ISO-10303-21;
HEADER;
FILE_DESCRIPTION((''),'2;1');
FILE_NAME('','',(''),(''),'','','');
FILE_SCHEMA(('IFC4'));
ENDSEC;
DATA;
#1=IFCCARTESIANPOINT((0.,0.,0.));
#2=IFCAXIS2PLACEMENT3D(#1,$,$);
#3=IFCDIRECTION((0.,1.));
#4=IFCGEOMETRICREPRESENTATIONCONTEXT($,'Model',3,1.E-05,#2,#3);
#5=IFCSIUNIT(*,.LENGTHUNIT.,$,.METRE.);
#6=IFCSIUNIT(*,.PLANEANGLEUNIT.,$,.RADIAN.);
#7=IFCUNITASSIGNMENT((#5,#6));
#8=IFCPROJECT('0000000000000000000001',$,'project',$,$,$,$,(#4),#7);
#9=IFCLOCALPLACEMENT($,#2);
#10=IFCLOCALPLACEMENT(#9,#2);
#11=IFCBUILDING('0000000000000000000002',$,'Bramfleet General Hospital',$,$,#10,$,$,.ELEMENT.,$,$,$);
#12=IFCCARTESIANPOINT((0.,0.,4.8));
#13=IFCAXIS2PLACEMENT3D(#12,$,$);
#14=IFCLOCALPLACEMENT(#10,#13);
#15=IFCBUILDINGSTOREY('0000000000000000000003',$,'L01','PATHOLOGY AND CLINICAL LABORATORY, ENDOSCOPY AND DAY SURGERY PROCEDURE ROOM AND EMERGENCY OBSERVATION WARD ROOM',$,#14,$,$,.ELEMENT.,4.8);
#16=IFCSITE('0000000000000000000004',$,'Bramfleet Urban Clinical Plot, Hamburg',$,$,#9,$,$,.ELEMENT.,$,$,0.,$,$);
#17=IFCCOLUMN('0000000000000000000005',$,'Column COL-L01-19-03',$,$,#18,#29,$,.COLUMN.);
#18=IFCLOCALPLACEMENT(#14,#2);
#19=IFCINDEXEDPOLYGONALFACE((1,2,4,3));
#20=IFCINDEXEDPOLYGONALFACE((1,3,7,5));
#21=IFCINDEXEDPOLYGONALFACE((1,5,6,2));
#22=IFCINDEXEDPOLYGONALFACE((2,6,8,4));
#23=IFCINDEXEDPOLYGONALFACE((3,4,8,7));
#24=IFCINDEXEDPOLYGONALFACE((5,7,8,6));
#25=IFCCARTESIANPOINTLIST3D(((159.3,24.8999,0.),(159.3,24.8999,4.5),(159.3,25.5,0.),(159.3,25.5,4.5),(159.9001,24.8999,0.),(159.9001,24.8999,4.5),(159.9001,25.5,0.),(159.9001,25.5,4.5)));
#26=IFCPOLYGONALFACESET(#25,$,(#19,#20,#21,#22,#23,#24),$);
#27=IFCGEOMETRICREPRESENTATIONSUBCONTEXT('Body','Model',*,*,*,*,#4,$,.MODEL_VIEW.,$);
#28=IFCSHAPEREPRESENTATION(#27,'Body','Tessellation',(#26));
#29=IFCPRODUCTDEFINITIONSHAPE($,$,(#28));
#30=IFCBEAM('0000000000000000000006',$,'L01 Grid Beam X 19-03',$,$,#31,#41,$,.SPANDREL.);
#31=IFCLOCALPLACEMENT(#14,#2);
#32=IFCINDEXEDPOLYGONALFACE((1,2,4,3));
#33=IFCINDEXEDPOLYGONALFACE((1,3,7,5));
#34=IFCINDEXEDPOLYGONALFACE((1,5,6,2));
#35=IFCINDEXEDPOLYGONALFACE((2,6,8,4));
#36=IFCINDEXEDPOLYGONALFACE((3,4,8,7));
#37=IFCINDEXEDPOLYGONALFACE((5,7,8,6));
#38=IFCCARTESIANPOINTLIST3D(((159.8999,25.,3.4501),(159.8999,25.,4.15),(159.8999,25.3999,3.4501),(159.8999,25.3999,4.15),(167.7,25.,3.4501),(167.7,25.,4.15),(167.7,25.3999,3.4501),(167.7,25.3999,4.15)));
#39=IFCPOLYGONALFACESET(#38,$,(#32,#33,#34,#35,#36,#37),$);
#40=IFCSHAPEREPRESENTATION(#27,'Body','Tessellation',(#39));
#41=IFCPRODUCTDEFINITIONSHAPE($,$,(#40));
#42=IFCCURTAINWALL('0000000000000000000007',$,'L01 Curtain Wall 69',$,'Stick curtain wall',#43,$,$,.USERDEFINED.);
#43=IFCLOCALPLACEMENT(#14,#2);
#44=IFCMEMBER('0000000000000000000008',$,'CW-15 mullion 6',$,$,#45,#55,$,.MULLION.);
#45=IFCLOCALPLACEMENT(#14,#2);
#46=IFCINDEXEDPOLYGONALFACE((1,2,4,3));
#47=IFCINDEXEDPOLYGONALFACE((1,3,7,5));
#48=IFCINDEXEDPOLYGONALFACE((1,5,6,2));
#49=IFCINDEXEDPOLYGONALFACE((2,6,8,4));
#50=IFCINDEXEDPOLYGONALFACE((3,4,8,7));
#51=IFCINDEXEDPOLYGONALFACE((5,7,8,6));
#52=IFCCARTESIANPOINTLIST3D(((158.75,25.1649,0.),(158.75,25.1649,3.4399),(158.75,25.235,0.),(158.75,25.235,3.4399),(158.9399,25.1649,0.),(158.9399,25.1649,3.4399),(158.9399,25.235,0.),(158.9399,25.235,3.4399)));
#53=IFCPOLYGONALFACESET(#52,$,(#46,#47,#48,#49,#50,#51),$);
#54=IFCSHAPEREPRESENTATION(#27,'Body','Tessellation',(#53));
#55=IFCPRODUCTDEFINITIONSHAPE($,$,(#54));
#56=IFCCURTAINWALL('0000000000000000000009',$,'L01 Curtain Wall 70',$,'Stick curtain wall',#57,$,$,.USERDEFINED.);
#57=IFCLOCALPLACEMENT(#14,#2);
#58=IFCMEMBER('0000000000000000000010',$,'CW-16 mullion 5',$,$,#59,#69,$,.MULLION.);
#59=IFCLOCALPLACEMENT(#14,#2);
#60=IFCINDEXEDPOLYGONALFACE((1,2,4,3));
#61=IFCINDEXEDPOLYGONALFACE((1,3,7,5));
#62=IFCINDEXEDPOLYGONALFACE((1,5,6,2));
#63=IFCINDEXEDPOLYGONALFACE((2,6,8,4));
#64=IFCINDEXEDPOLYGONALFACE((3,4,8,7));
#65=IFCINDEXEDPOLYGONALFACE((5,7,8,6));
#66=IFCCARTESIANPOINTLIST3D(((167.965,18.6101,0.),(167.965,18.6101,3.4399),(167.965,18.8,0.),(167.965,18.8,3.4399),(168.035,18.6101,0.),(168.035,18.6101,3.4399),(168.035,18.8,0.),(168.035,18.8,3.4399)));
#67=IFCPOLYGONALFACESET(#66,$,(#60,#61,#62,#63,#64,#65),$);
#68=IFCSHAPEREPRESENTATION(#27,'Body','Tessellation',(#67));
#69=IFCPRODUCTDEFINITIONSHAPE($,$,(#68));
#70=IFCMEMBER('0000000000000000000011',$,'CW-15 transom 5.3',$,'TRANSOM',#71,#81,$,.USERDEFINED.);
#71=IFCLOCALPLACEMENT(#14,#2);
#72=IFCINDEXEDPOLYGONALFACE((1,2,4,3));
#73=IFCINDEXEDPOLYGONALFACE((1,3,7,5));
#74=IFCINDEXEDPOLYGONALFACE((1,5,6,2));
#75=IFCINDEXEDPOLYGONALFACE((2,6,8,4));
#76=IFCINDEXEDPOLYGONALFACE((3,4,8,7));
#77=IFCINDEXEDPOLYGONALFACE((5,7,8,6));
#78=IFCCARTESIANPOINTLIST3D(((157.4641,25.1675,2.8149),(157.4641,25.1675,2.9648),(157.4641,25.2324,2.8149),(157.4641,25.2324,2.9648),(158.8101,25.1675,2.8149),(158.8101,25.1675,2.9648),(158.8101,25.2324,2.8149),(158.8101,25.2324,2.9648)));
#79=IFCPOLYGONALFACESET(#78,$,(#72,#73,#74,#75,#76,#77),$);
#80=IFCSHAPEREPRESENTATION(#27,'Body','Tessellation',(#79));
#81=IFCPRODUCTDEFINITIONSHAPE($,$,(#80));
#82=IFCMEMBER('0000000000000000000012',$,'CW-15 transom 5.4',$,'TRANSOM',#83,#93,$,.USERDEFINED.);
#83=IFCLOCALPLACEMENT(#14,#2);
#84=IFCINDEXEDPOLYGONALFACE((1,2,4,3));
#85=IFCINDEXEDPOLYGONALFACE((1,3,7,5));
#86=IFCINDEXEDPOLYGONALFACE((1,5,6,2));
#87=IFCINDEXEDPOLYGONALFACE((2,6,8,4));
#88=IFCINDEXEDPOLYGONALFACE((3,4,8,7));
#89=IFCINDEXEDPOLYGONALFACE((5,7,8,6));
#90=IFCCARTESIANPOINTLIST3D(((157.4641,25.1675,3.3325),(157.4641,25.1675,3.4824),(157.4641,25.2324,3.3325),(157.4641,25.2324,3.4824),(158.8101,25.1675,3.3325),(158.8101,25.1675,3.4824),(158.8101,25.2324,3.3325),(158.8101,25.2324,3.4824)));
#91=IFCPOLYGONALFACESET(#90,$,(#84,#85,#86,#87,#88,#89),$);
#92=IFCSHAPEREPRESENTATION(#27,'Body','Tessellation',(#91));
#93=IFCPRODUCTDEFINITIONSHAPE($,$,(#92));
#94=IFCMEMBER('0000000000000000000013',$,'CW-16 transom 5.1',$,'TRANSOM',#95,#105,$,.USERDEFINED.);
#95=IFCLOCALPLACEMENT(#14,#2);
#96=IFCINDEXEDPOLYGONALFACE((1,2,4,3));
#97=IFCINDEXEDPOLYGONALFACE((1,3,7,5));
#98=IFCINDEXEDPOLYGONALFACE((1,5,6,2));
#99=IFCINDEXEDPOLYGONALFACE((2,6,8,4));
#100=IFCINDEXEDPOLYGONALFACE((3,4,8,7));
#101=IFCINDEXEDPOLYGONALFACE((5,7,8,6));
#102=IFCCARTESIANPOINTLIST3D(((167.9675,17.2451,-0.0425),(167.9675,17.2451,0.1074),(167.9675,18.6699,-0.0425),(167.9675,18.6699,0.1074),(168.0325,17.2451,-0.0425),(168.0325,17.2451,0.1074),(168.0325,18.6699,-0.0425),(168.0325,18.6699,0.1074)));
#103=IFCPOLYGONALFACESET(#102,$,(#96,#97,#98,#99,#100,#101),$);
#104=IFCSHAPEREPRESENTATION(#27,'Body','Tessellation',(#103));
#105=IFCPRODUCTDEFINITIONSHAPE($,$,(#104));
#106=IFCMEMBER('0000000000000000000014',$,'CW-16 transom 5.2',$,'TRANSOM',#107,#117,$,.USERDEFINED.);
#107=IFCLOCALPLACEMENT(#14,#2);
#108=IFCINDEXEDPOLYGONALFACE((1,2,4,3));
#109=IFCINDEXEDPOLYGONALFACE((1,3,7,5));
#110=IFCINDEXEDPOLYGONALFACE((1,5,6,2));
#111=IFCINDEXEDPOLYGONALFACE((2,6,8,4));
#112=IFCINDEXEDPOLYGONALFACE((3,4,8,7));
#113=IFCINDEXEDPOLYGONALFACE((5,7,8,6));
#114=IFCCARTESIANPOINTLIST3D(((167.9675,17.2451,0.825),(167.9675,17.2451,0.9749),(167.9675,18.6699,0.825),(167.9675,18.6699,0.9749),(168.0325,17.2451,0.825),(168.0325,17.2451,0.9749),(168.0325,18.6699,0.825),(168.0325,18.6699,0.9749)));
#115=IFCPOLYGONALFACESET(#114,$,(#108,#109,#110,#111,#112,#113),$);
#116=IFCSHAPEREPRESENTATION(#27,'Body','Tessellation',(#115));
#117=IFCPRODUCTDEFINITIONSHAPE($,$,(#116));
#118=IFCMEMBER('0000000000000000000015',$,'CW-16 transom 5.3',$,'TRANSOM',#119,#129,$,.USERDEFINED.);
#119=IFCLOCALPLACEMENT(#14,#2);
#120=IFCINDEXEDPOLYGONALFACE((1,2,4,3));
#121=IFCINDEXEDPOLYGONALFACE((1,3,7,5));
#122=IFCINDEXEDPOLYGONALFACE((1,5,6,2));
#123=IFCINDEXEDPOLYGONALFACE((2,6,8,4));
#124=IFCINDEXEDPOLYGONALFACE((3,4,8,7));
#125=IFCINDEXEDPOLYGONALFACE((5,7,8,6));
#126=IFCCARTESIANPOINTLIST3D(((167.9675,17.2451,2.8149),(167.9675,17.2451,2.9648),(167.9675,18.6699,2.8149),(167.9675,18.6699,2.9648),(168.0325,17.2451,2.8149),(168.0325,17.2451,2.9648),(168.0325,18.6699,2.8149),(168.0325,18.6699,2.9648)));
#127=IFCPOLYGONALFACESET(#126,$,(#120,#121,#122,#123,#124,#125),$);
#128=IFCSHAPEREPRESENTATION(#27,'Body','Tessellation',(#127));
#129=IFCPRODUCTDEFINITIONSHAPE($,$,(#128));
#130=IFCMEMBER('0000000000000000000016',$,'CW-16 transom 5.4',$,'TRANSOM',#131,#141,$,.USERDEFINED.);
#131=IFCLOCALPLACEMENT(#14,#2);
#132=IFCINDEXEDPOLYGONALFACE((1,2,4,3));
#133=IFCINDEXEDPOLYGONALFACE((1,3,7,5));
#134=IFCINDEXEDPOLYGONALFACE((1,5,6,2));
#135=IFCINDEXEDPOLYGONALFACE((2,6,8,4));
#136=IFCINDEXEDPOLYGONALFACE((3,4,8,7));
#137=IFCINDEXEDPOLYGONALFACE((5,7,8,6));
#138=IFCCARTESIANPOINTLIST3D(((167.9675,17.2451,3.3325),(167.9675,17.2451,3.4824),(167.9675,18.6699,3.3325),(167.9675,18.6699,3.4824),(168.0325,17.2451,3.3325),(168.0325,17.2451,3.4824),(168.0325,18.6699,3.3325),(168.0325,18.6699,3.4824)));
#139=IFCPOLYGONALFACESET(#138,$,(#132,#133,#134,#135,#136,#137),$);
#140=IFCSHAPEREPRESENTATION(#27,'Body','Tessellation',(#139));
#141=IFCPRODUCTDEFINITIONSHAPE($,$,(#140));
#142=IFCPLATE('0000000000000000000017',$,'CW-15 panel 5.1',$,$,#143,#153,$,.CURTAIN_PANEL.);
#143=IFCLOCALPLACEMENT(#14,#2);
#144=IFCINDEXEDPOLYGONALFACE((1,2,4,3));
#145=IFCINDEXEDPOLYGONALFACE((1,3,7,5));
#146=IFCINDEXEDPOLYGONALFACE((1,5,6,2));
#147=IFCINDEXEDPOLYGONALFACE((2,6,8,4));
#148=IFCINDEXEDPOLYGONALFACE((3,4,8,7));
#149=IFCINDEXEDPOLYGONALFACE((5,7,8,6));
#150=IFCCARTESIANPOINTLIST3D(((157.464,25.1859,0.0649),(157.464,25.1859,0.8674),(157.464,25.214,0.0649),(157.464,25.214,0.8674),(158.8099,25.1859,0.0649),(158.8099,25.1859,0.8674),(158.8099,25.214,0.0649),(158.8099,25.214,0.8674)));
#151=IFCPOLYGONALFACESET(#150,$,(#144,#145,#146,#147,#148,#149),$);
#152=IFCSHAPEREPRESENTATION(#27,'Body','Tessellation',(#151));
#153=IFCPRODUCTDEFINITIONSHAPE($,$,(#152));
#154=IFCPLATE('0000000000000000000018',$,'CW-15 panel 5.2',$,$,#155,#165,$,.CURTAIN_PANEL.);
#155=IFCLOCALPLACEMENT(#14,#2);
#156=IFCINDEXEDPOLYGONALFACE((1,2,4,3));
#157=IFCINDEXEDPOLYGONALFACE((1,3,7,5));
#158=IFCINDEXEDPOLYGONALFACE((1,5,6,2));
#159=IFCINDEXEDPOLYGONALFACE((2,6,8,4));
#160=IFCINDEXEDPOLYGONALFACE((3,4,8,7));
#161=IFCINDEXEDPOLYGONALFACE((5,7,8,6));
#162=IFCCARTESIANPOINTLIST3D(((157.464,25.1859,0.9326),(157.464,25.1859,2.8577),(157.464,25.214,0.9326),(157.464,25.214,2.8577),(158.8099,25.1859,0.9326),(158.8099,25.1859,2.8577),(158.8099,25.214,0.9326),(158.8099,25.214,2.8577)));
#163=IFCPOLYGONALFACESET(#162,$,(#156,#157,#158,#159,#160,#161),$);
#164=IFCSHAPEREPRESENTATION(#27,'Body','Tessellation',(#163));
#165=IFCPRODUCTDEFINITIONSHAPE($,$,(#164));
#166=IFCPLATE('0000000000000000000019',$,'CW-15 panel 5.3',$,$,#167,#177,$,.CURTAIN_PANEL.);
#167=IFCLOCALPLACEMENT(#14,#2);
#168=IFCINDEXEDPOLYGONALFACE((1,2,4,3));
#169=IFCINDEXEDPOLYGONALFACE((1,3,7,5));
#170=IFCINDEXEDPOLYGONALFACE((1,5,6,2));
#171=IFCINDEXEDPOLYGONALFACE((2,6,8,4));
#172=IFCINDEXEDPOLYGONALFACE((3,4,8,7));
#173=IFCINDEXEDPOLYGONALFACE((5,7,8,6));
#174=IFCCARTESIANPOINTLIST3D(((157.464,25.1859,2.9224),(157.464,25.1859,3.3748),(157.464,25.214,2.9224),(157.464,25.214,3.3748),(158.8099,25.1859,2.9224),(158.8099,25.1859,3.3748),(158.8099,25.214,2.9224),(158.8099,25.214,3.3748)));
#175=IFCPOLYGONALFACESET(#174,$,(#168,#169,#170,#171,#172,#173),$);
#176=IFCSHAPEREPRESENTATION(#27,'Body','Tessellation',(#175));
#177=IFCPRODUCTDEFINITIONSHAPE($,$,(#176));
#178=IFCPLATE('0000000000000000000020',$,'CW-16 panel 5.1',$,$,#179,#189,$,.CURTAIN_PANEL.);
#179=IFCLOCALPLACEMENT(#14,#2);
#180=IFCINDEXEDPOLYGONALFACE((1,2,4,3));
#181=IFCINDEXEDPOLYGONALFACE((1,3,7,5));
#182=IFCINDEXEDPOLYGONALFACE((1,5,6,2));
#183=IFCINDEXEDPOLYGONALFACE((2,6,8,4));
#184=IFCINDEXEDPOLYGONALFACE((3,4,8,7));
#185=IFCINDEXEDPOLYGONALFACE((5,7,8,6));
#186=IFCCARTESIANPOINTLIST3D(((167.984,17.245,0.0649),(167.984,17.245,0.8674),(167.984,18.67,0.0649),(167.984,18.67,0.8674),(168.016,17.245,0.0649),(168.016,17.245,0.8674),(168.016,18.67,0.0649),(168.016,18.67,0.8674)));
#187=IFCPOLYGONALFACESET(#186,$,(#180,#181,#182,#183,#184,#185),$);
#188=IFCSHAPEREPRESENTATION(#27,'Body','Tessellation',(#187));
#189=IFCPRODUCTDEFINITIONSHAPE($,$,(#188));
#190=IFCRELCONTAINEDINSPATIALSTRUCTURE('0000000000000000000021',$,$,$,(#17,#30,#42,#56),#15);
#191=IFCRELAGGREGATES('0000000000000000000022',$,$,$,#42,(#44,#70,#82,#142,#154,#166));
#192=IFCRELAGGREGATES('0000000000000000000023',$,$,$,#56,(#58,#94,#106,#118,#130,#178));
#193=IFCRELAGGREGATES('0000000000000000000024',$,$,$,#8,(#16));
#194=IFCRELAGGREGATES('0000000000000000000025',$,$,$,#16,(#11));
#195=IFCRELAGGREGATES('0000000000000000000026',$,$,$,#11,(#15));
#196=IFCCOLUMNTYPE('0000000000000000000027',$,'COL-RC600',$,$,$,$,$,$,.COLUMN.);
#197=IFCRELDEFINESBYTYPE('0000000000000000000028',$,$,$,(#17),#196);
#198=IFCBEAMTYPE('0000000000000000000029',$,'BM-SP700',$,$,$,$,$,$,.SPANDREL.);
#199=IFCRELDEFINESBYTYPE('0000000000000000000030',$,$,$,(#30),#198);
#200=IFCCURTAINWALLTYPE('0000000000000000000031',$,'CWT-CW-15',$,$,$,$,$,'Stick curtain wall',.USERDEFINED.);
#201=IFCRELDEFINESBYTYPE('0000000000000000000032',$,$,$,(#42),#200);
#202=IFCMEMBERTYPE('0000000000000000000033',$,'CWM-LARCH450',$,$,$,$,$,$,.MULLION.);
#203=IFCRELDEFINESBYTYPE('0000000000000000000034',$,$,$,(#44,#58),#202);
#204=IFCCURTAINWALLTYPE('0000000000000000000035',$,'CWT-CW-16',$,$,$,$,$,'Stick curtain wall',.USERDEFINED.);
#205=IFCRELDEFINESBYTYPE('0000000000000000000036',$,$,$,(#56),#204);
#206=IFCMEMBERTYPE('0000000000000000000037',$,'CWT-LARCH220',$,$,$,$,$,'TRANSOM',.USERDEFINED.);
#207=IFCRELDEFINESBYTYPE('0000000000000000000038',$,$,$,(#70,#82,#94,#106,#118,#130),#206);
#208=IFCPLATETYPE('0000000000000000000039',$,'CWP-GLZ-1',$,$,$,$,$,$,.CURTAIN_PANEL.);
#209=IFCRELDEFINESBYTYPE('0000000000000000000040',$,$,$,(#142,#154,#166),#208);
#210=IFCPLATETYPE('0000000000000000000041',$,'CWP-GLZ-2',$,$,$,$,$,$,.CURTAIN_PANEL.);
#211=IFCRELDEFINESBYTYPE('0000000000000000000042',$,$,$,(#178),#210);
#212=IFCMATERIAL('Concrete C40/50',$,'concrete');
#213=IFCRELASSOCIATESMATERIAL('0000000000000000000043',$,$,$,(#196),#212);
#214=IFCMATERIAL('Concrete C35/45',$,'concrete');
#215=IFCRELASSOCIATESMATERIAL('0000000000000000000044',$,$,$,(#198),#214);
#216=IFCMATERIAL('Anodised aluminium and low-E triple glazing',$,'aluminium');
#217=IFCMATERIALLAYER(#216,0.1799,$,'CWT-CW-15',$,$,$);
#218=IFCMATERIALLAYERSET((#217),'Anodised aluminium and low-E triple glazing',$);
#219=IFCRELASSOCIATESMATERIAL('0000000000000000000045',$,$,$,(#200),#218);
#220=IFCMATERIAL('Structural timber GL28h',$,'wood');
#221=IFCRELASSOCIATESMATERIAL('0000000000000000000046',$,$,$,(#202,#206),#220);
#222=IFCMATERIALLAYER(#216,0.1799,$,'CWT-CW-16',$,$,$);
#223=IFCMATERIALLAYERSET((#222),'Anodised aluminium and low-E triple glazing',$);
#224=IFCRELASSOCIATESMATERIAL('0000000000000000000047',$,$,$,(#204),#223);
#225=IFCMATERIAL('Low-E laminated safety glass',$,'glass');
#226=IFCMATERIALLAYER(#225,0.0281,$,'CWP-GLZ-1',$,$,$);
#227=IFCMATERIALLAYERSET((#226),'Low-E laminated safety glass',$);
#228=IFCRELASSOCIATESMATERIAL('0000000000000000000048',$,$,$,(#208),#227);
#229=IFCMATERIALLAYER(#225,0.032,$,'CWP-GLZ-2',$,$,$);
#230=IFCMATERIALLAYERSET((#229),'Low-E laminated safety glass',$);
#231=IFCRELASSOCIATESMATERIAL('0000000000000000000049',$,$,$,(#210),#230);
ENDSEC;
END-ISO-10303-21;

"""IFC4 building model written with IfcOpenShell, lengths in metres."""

from ifc_helpers import new_model, si_unit, direction, frame, origin, origin_2d, place, context, subcontext, project, spatial, rectangle, extrude, material, layer, layer_set, material_profile, profile_set, type_object, element, aggregate, save


model = new_model("IFC4")

# Units and contexts
model_context = context("Model", 3, precision=1e-05, world=origin(), true_north=direction((0.0, 1.0)))
body_context = subcontext(model_context, "Body", "Model", "MODEL_VIEW")
ifc_project = project(units=[si_unit("LENGTHUNIT", "METRE"), si_unit("PLANEANGLEUNIT", "RADIAN")], contexts=[model_context])

# Site, building, storey
site_placement = place(None, origin())
site = spatial("IfcSite", under=ifc_project, at=site_placement, Name="Bramfleet Urban Clinical Plot, Hamburg", CompositionType="ELEMENT", RefElevation=0.0)
building_placement = place(site_placement, origin())
building = spatial("IfcBuilding", under=site, at=building_placement, Name="Bramfleet General Hospital", CompositionType="ELEMENT")
storey_placement = place(building_placement, frame((0.0, 0.0, 4.8)))
storey = spatial("IfcBuildingStorey", under=building, at=storey_placement, Name="L01", Description="PATHOLOGY AND CLINICAL LABORATORY, ENDOSCOPY AND DAY SURGERY PROCEDURE ROOM AND EMERGENCY OBSERVATION WARD ROOM", CompositionType="ELEMENT", Elevation=4.8)

# Column
ifc_material_1 = material(Name="Concrete C40/50", Category="concrete")
ifc_material_profile_1 = material_profile(ifc_material_1, rectangle(XDim=0.6001, YDim=0.6001, at=origin_2d()), Name="RC COL 600x600")
ifc_profile_set_1 = profile_set([ifc_material_profile_1], Name="Concrete C40/50")
column_type = type_object("IfcColumnType", Name="COL-RC600", PredefinedType="COLUMN", material=ifc_profile_set_1)
column_placement = place(storey_placement, frame((159.6001, 25.2, 0.0), z_axis=(0.0, 0.0, 1.0), x_axis=(1.0, 0.0, 0.0)))
element("IfcColumn", 1, at=column_placement, inside=storey, type_object=column_type, Name="Column COL-L01-19-03", PredefinedType="COLUMN", context=body_context, shape_type="SweptSolid", body=[
    extrude(rectangle(XDim=0.6001, YDim=0.6001, at=origin_2d()), origin(), (0.0, 0.0, 1.0), 4.5),
])

# Beam
ifc_material_2 = material(Name="Concrete C35/45", Category="concrete")
ifc_material_profile_2 = material_profile(ifc_material_2, rectangle(XDim=0.3999, YDim=0.7, at=origin_2d()), Name="RC SP 700x400")
ifc_profile_set_2 = profile_set([ifc_material_profile_2], Name="Concrete C35/45")
beam_type = type_object("IfcBeamType", Name="BM-SP700", PredefinedType="SPANDREL", material=ifc_profile_set_2)
beam_placement = place(storey_placement, frame((159.8999, 25.2, 3.8), z_axis=(1.0, 0.0, 0.0), x_axis=(0.0, 1.0, 0.0)))
element("IfcBeam", 2, at=beam_placement, inside=storey, type_object=beam_type, Name="L01 Grid Beam X 19-03", PredefinedType="SPANDREL", context=body_context, shape_type="SweptSolid", body=[
    extrude(rectangle(XDim=0.3999, YDim=0.7, at=origin_2d()), origin(), (0.0, 0.0, 1.0), 7.8),
])

# Curtain walls, members
ifc_material_3 = material(Name="Anodised aluminium and low-E triple glazing", Category="aluminium")
ifc_layer_1 = layer(ifc_material_3, 0.1799, Name="CWT-CW-15")
ifc_layer_set_1 = layer_set([ifc_layer_1], Name="Anodised aluminium and low-E triple glazing")
curtain_wall_type_1 = type_object("IfcCurtainWallType", Name="CWT-CW-15", ElementType="Stick curtain wall", PredefinedType="USERDEFINED", material=ifc_layer_set_1)
curtain_wall_1_placement = place(storey_placement, origin())
curtain_wall_1 = element("IfcCurtainWall", 3, at=curtain_wall_1_placement, inside=storey, type_object=curtain_wall_type_1, Name="L01 Curtain Wall 69", ObjectType="Stick curtain wall", PredefinedType="USERDEFINED")
ifc_material_4 = material(Name="Structural timber GL28h", Category="wood")
ifc_material_profile_3 = material_profile(ifc_material_4, rectangle(XDim=0.0701, YDim=0.1899, at=origin_2d()), Name="LARCH 190x70")
ifc_profile_set_3 = profile_set([ifc_material_profile_3], Name="Structural timber GL28h")
member_type_1 = type_object("IfcMemberType", Name="CWM-LARCH450", PredefinedType="MULLION", material=ifc_profile_set_3)
member_1_placement = place(storey_placement, frame((158.845, 25.2, 0.0), z_axis=(0.0, 0.0, 1.0), x_axis=(0.0, 1.0, 0.0)))
member_1 = element("IfcMember", 4, at=member_1_placement, type_object=member_type_1, Name="CW-15 mullion 6", PredefinedType="MULLION", context=body_context, shape_type="SweptSolid", body=[
    extrude(rectangle(XDim=0.0701, YDim=0.1899, at=origin_2d()), origin(), (0.0, 0.0, 1.0), 3.4399),
])
ifc_layer_2 = layer(ifc_material_3, 0.1799, Name="CWT-CW-16")
ifc_layer_set_2 = layer_set([ifc_layer_2], Name="Anodised aluminium and low-E triple glazing")
curtain_wall_type_2 = type_object("IfcCurtainWallType", Name="CWT-CW-16", ElementType="Stick curtain wall", PredefinedType="USERDEFINED", material=ifc_layer_set_2)
curtain_wall_2_placement = place(storey_placement, origin())
curtain_wall_2 = element("IfcCurtainWall", 5, at=curtain_wall_2_placement, inside=storey, type_object=curtain_wall_type_2, Name="L01 Curtain Wall 70", ObjectType="Stick curtain wall", PredefinedType="USERDEFINED")
member_2_placement = place(storey_placement, frame((168.0, 18.7051, 0.0), z_axis=(0.0, 0.0, 1.0), x_axis=(1.0, 0.0, 0.0)))
member_2 = element("IfcMember", 6, at=member_2_placement, type_object=member_type_1, Name="CW-16 mullion 5", PredefinedType="MULLION", context=body_context, shape_type="SweptSolid", body=[
    extrude(rectangle(XDim=0.0701, YDim=0.1899, at=origin_2d()), origin(), (0.0, 0.0, 1.0), 3.4399),
])

# Members
ifc_material_profile_4 = material_profile(ifc_material_4, rectangle(XDim=0.0649, YDim=0.1499, at=origin_2d()), Name="LARCH 150x65")
ifc_profile_set_4 = profile_set([ifc_material_profile_4], Name="Structural timber GL28h")
member_type_2 = type_object("IfcMemberType", Name="CWT-LARCH220", ElementType="TRANSOM", PredefinedType="USERDEFINED", material=ifc_profile_set_4)
member_3_placement = place(storey_placement, frame((157.4641, 25.2, 2.8899), z_axis=(1.0, 0.0, 0.0), x_axis=(0.0, 1.0, 0.0)))
member_3 = element("IfcMember", 7, at=member_3_placement, type_object=member_type_2, Name="CW-15 transom 5.3", ObjectType="TRANSOM", PredefinedType="USERDEFINED", context=body_context, shape_type="SweptSolid", body=[
    extrude(rectangle(XDim=0.0649, YDim=0.1499, at=origin_2d()), origin(), (0.0, 0.0, 1.0), 1.3459),
])
member_4_placement = place(storey_placement, frame((157.4641, 25.2, 3.4075), z_axis=(1.0, 0.0, 0.0), x_axis=(0.0, 1.0, 0.0)))
member_4 = element("IfcMember", 8, at=member_4_placement, type_object=member_type_2, Name="CW-15 transom 5.4", ObjectType="TRANSOM", PredefinedType="USERDEFINED", context=body_context, shape_type="SweptSolid", body=[
    extrude(rectangle(XDim=0.0649, YDim=0.1499, at=origin_2d()), origin(), (0.0, 0.0, 1.0), 1.3459),
])
member_5_placement = place(storey_placement, frame((168.0, 18.6699, 0.0325), z_axis=(0.0, -1.0, 0.0), x_axis=(1.0, 0.0, 0.0)))
member_5 = element("IfcMember", 9, at=member_5_placement, type_object=member_type_2, Name="CW-16 transom 5.1", ObjectType="TRANSOM", PredefinedType="USERDEFINED", context=body_context, shape_type="SweptSolid", body=[
    extrude(rectangle(XDim=0.0649, YDim=0.1499, at=origin_2d()), origin(), (0.0, 0.0, 1.0), 1.4248),
])
member_6_placement = place(storey_placement, frame((168.0, 18.6699, 0.8999), z_axis=(0.0, -1.0, 0.0), x_axis=(1.0, 0.0, 0.0)))
member_6 = element("IfcMember", 10, at=member_6_placement, type_object=member_type_2, Name="CW-16 transom 5.2", ObjectType="TRANSOM", PredefinedType="USERDEFINED", context=body_context, shape_type="SweptSolid", body=[
    extrude(rectangle(XDim=0.0649, YDim=0.1499, at=origin_2d()), origin(), (0.0, 0.0, 1.0), 1.4248),
])
member_7_placement = place(storey_placement, frame((168.0, 18.6699, 2.8899), z_axis=(0.0, -1.0, 0.0), x_axis=(1.0, 0.0, 0.0)))
member_7 = element("IfcMember", 11, at=member_7_placement, type_object=member_type_2, Name="CW-16 transom 5.3", ObjectType="TRANSOM", PredefinedType="USERDEFINED", context=body_context, shape_type="SweptSolid", body=[
    extrude(rectangle(XDim=0.0649, YDim=0.1499, at=origin_2d()), origin(), (0.0, 0.0, 1.0), 1.4248),
])
member_8_placement = place(storey_placement, frame((168.0, 18.6699, 3.4075), z_axis=(0.0, -1.0, 0.0), x_axis=(1.0, 0.0, 0.0)))
member_8 = element("IfcMember", 12, at=member_8_placement, type_object=member_type_2, Name="CW-16 transom 5.4", ObjectType="TRANSOM", PredefinedType="USERDEFINED", context=body_context, shape_type="SweptSolid", body=[
    extrude(rectangle(XDim=0.0649, YDim=0.1499, at=origin_2d()), origin(), (0.0, 0.0, 1.0), 1.4248),
])

# Plates
ifc_material_5 = material(Name="Low-E laminated safety glass", Category="glass")
ifc_layer_3 = layer(ifc_material_5, 0.0281, Name="CWP-GLZ-1")
ifc_layer_set_3 = layer_set([ifc_layer_3], Name="Low-E laminated safety glass")
plate_type_1 = type_object("IfcPlateType", Name="CWP-GLZ-1", PredefinedType="CURTAIN_PANEL", material=ifc_layer_set_3)
plate_1_placement = place(storey_placement, frame((158.137, 25.2, 0.0649), z_axis=(0.0, 0.0, 1.0), x_axis=(1.0, 0.0, 0.0)))
plate_1 = element("IfcPlate", 13, at=plate_1_placement, type_object=plate_type_1, Name="CW-15 panel 5.1", PredefinedType="CURTAIN_PANEL", context=body_context, shape_type="SweptSolid", body=[
    extrude(rectangle(XDim=1.3459, YDim=0.0281, at=origin_2d()), origin(), (0.0, 0.0, 1.0), 0.8025),
])
plate_2_placement = place(storey_placement, frame((158.137, 25.2, 0.9326), z_axis=(0.0, 0.0, 1.0), x_axis=(1.0, 0.0, 0.0)))
plate_2 = element("IfcPlate", 14, at=plate_2_placement, type_object=plate_type_1, Name="CW-15 panel 5.2", PredefinedType="CURTAIN_PANEL", context=body_context, shape_type="SweptSolid", body=[
    extrude(rectangle(XDim=1.3459, YDim=0.0281, at=origin_2d()), origin(), (0.0, 0.0, 1.0), 1.925),
])
plate_3_placement = place(storey_placement, frame((158.137, 25.2, 2.9224), z_axis=(0.0, 0.0, 1.0), x_axis=(1.0, 0.0, 0.0)))
plate_3 = element("IfcPlate", 15, at=plate_3_placement, type_object=plate_type_1, Name="CW-15 panel 5.3", PredefinedType="CURTAIN_PANEL", context=body_context, shape_type="SweptSolid", body=[
    extrude(rectangle(XDim=1.3459, YDim=0.0281, at=origin_2d()), origin(), (0.0, 0.0, 1.0), 0.4524),
])
aggregate(curtain_wall_1, [member_1, member_3, member_4, plate_1, plate_2, plate_3])
ifc_layer_4 = layer(ifc_material_5, 0.032, Name="CWP-GLZ-2")
ifc_layer_set_4 = layer_set([ifc_layer_4], Name="Low-E laminated safety glass")
plate_type_2 = type_object("IfcPlateType", Name="CWP-GLZ-2", PredefinedType="CURTAIN_PANEL", material=ifc_layer_set_4)
plate_4_placement = place(storey_placement, frame((168.0, 17.9575, 0.0649), z_axis=(0.0, 0.0, 1.0), x_axis=(0.0, -1.0, 0.0)))
plate_4 = element("IfcPlate", 16, at=plate_4_placement, type_object=plate_type_2, Name="CW-16 panel 5.1", PredefinedType="CURTAIN_PANEL", context=body_context, shape_type="SweptSolid", body=[
    extrude(rectangle(XDim=1.425, YDim=0.032, at=origin_2d()), origin(), (0.0, 0.0, 1.0), 0.8025),
])
aggregate(curtain_wall_2, [member_2, member_5, member_6, member_7, member_8, plate_4])

save(model, "model.ifc")
